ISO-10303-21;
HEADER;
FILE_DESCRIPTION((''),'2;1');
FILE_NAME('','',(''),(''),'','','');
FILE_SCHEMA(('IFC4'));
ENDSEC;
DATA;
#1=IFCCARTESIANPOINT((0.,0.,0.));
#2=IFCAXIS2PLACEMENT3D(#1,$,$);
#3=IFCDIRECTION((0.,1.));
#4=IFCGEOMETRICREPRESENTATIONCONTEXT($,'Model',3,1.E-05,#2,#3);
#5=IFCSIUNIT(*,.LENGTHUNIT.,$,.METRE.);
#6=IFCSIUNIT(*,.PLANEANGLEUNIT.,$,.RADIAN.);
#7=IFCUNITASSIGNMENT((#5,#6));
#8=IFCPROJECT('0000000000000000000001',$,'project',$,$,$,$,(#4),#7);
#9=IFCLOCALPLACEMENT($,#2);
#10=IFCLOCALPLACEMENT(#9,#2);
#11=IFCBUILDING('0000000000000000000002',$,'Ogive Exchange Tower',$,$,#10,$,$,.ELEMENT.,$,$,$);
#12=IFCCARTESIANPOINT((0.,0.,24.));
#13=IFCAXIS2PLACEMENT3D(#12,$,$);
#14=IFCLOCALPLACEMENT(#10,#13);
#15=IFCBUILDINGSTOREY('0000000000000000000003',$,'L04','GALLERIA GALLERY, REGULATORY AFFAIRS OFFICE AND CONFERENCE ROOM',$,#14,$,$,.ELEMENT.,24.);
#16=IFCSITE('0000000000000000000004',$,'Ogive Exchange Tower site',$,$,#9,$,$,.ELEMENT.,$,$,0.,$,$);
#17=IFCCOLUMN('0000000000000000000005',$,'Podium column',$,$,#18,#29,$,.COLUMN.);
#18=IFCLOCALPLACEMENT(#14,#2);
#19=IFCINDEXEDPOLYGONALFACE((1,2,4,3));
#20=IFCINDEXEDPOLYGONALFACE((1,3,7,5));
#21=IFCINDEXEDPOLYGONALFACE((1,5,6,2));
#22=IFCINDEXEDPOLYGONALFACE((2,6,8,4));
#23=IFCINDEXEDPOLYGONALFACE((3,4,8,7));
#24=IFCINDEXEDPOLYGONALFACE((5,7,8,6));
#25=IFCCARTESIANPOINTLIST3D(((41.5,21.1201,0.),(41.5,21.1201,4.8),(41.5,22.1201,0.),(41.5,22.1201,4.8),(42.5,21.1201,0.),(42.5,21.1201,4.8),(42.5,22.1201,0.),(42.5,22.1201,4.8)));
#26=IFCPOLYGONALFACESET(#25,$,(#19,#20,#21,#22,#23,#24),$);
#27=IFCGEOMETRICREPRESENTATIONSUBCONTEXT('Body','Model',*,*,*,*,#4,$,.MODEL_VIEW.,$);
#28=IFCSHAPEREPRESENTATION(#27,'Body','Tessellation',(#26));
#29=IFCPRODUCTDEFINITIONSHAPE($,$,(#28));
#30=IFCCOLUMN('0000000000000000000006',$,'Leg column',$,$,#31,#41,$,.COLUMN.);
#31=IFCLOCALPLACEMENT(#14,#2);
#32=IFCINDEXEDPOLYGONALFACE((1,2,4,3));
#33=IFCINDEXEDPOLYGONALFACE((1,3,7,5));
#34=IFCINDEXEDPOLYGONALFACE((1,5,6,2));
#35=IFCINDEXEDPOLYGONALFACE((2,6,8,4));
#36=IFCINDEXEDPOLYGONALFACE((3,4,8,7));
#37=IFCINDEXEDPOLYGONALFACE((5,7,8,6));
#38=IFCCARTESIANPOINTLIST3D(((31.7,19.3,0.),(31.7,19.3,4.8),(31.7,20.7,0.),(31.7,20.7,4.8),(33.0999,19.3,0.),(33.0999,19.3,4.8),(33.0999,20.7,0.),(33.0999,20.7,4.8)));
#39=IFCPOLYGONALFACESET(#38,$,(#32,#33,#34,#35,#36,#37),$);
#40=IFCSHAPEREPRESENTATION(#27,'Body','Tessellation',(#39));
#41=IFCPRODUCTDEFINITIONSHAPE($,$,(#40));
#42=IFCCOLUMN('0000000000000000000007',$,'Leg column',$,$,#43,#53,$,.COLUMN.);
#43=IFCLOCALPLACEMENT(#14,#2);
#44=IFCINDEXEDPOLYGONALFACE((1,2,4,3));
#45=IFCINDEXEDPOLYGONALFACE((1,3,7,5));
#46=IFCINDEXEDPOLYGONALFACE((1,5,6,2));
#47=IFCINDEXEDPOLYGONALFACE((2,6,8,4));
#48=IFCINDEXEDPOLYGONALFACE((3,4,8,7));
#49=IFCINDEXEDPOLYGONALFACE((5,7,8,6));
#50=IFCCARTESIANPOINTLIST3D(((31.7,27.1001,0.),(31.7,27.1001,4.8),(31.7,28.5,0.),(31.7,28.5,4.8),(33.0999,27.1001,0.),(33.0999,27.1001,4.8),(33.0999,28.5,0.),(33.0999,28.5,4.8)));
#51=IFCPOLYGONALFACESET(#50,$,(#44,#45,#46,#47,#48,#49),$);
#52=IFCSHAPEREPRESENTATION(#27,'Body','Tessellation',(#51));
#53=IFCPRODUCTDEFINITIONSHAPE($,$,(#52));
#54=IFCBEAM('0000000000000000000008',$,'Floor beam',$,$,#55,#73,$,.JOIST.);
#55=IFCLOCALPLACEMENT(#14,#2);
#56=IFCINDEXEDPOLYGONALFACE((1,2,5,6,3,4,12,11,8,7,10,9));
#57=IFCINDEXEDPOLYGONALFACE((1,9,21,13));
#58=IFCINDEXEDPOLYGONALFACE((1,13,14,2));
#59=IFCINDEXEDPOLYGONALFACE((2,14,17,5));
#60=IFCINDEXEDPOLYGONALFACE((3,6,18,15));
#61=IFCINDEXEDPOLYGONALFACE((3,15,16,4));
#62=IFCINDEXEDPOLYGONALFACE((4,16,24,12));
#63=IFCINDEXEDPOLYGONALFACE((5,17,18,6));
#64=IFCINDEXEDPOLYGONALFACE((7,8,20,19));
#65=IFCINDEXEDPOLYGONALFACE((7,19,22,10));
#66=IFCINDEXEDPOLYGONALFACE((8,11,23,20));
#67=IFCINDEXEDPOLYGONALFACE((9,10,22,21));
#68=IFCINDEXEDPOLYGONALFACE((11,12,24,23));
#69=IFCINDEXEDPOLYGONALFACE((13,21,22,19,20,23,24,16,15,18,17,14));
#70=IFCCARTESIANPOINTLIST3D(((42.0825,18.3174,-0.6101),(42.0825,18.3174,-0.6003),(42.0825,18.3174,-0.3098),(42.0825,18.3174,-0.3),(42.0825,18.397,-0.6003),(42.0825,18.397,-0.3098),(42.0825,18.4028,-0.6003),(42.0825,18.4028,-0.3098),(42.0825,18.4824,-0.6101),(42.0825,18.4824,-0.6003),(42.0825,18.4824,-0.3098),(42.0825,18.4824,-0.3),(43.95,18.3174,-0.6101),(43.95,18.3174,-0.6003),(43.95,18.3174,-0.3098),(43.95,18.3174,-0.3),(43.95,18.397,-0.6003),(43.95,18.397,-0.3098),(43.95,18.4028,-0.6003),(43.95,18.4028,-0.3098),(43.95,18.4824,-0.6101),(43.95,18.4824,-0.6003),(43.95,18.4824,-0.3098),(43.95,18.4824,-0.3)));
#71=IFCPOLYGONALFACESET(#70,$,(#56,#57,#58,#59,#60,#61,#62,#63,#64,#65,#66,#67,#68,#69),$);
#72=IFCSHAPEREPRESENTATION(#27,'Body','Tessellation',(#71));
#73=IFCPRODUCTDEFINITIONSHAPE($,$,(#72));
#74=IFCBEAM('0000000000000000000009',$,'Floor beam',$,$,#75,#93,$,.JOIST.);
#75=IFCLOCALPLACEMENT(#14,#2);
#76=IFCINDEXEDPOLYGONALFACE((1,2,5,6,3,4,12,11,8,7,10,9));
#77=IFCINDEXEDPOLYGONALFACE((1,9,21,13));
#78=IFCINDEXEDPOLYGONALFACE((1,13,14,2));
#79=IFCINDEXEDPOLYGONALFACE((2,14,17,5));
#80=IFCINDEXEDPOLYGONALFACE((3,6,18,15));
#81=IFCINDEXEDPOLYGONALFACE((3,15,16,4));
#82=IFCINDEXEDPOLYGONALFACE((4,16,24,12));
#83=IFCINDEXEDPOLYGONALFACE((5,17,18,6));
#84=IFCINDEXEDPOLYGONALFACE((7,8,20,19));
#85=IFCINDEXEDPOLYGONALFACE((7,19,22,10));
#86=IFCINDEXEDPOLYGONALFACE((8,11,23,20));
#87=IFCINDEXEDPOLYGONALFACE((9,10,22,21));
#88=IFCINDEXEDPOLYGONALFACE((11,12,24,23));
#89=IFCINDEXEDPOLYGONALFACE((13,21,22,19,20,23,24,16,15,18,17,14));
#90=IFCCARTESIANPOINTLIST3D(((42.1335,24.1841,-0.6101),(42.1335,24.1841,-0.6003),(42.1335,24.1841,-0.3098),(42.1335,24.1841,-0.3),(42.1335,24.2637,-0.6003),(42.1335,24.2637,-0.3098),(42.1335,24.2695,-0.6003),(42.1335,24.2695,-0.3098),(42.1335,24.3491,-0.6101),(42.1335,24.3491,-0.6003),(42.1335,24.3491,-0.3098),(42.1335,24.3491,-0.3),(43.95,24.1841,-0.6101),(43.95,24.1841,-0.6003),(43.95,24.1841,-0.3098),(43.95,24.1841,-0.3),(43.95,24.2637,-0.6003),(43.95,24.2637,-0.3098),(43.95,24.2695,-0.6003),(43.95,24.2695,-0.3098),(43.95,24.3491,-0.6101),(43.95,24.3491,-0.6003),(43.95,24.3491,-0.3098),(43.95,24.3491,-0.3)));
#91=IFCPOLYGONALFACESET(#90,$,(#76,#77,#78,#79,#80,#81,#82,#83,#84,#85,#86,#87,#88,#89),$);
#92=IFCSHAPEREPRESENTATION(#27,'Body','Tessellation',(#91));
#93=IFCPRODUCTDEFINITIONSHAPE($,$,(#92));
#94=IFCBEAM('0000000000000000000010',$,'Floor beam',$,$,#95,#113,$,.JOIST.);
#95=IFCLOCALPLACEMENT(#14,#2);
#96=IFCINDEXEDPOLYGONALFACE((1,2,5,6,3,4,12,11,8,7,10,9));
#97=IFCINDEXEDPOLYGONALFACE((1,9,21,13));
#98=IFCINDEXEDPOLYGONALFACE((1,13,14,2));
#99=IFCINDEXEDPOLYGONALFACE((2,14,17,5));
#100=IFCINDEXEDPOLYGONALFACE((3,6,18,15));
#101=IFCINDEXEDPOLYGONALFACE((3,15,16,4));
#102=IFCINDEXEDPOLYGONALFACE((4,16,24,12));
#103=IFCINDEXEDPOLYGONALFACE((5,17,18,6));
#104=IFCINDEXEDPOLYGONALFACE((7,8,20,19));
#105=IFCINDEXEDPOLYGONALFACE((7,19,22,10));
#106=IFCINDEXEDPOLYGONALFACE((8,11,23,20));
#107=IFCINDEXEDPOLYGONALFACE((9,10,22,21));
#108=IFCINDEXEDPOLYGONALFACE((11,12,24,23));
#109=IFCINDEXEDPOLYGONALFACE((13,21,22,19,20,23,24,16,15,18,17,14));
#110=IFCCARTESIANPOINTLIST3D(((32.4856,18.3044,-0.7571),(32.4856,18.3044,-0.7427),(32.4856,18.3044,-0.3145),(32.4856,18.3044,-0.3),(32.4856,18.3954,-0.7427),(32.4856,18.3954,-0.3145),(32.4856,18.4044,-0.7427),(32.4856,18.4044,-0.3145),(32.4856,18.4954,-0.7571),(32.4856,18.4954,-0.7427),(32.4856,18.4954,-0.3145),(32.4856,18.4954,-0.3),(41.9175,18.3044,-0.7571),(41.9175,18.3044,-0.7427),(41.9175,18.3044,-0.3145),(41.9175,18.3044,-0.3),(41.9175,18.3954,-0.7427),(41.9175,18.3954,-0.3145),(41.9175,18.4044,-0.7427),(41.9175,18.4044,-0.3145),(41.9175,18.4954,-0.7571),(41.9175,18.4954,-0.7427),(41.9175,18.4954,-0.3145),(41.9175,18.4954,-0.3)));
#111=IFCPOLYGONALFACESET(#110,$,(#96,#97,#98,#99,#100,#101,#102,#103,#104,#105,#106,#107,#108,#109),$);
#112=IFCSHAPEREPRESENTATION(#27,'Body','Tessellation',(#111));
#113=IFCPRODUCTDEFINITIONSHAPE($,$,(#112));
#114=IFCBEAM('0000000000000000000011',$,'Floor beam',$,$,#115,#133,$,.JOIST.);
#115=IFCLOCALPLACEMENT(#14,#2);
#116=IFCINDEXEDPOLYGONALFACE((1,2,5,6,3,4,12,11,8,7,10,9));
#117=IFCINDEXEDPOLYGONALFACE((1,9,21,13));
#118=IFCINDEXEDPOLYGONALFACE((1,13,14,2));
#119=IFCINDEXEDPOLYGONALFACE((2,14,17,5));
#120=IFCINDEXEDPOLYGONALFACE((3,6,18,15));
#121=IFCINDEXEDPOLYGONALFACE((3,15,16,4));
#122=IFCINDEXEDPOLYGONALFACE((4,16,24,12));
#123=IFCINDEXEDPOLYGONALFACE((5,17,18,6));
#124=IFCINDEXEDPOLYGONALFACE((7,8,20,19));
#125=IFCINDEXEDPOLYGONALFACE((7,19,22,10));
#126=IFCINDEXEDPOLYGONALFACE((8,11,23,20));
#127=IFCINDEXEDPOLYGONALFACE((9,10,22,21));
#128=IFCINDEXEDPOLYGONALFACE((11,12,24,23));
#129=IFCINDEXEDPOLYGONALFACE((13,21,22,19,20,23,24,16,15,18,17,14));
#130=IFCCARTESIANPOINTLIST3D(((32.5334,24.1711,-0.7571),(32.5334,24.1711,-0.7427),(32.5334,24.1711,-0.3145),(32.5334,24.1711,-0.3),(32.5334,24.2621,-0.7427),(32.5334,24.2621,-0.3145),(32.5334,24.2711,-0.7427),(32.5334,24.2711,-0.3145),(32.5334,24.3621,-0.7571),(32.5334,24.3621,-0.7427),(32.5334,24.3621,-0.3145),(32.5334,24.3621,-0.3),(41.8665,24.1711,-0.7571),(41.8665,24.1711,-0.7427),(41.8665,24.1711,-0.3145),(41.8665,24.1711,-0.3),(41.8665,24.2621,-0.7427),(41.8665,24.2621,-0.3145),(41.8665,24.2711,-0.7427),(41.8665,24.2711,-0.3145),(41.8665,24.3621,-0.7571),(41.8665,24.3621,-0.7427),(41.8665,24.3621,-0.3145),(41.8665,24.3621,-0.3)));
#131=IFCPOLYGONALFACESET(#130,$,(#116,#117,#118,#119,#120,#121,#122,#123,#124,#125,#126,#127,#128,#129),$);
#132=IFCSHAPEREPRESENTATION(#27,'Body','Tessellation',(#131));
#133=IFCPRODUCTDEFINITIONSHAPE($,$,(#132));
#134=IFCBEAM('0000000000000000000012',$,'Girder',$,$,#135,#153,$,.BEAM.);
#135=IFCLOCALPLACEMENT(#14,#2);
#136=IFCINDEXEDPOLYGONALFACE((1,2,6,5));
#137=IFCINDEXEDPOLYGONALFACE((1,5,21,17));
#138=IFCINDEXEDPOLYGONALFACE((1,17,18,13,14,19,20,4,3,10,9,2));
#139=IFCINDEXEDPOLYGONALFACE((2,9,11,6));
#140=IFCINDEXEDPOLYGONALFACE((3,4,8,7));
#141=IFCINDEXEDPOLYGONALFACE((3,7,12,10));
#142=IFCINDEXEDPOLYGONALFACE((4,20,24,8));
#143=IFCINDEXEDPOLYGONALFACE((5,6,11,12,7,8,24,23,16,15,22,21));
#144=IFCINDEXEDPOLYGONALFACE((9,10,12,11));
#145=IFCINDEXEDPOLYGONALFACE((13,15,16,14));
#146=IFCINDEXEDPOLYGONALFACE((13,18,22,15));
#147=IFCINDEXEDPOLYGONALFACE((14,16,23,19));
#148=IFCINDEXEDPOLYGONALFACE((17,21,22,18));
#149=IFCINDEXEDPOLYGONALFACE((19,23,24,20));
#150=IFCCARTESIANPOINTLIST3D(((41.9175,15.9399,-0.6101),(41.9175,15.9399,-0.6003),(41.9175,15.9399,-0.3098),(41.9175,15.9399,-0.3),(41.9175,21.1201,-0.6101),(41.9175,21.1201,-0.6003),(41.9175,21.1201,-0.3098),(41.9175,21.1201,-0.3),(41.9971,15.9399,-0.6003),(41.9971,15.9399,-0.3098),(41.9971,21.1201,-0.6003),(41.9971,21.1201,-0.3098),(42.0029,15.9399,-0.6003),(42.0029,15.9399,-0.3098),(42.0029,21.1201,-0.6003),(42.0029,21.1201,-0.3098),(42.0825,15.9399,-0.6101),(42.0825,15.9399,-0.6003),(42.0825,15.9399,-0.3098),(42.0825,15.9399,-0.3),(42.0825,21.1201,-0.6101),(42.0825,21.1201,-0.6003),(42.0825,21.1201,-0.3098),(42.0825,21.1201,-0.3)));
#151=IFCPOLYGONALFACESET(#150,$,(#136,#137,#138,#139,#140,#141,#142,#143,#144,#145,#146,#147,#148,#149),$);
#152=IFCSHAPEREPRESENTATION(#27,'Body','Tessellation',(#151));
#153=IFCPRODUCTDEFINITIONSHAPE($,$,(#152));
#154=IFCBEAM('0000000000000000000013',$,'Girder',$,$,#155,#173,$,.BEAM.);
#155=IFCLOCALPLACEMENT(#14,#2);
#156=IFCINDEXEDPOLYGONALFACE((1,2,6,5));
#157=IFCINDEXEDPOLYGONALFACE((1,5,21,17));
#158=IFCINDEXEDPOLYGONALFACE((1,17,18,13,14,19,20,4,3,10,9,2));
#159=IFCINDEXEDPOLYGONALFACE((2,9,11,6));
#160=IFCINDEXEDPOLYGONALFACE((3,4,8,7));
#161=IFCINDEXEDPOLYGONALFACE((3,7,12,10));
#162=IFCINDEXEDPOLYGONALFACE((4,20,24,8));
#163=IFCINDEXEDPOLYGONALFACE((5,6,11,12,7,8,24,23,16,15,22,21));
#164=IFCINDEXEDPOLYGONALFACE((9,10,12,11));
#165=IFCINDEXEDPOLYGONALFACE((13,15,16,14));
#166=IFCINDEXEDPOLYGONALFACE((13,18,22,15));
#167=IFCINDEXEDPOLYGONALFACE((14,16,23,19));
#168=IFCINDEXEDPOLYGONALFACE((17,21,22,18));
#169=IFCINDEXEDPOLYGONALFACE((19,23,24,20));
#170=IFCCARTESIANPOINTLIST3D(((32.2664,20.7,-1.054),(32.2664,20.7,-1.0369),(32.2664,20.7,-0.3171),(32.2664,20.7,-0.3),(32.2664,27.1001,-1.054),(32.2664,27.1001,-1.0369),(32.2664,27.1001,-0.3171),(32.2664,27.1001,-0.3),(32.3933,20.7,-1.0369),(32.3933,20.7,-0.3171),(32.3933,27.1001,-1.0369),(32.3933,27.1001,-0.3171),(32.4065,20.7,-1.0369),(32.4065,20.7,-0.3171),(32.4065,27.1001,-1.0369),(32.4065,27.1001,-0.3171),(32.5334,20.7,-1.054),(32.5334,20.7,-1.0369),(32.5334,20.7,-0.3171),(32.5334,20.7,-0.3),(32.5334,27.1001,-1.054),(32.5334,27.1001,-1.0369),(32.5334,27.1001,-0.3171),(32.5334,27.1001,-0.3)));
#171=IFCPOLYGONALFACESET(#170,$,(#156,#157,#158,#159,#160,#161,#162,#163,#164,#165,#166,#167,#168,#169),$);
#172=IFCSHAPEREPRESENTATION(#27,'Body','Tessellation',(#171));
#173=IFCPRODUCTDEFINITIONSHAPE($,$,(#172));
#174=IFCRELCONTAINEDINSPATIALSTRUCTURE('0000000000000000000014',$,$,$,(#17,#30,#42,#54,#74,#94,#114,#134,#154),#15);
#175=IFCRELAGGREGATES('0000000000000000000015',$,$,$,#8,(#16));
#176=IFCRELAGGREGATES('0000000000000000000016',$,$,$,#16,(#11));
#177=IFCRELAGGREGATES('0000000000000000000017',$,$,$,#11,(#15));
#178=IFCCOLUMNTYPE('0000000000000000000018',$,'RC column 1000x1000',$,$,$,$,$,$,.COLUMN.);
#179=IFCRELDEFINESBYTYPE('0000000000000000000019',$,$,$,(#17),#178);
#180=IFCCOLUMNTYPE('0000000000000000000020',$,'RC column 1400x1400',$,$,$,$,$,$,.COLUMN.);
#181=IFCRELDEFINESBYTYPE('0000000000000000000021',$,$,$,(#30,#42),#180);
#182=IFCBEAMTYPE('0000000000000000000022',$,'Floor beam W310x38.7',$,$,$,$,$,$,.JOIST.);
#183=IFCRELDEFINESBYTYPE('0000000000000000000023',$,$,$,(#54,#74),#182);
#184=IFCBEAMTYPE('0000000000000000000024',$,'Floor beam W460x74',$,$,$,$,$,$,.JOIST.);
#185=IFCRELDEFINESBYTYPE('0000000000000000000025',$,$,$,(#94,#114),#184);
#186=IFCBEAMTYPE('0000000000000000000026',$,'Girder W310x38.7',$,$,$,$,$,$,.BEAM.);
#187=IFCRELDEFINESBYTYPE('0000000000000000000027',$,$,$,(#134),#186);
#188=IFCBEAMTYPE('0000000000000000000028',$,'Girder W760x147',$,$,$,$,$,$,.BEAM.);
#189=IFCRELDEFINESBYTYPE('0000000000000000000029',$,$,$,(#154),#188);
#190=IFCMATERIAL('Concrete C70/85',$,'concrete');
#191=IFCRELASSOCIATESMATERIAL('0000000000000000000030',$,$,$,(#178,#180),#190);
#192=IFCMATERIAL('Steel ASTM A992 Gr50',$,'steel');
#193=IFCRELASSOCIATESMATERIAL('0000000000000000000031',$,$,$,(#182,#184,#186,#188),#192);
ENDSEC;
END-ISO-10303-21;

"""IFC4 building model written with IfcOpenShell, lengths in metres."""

from ifc_helpers import new_model, si_unit, direction, frame, origin, origin_2d, place, context, subcontext, project, spatial, rectangle, i_section, extrude, material, material_profile, profile_set, type_object, element, save


model = new_model("IFC4")

# Units and contexts
model_context = context("Model", 3, precision=1e-05, world=origin(), true_north=direction((0.0, 1.0)))
body_context = subcontext(model_context, "Body", "Model", "MODEL_VIEW")
ifc_project = project(units=[si_unit("LENGTHUNIT", "METRE"), si_unit("PLANEANGLEUNIT", "RADIAN")], contexts=[model_context])

# Site, building, storey
site_placement = place(None, origin())
site = spatial("IfcSite", under=ifc_project, at=site_placement, Name="Ogive Exchange Tower site", CompositionType="ELEMENT", RefElevation=0.0)
building_placement = place(site_placement, origin())
building = spatial("IfcBuilding", under=site, at=building_placement, Name="Ogive Exchange Tower", CompositionType="ELEMENT")
storey_placement = place(building_placement, frame((0.0, 0.0, 24.0)))
storey = spatial("IfcBuildingStorey", under=building, at=storey_placement, Name="L04", Description="GALLERIA GALLERY, REGULATORY AFFAIRS OFFICE AND CONFERENCE ROOM", CompositionType="ELEMENT", Elevation=24.0)

# Columns
ifc_material_1 = material(Name="Concrete C70/85", Category="concrete")
ifc_material_profile_1 = material_profile(ifc_material_1, rectangle(XDim=1.0, YDim=1.0, at=origin_2d()), Name="RC 1000x1000")
ifc_profile_set_1 = profile_set([ifc_material_profile_1], Name="Concrete C70/85")
column_type_1 = type_object("IfcColumnType", Name="RC column 1000x1000", PredefinedType="COLUMN", material=ifc_profile_set_1)
column_placement = place(storey_placement, frame((42.0, 21.6201, 0.0), z_axis=(0.0, 0.0, 1.0), x_axis=(1.0, 0.0, 0.0)))
element("IfcColumn", 1, at=column_placement, inside=storey, type_object=column_type_1, Name="Podium column", PredefinedType="COLUMN", context=body_context, shape_type="SweptSolid", body=[
    extrude(rectangle(XDim=1.0, YDim=1.0, at=origin_2d()), origin(), (0.0, 0.0, 1.0), 4.8),
])
ifc_material_profile_2 = material_profile(ifc_material_1, rectangle(XDim=1.3999, YDim=1.3999, at=origin_2d()), Name="RC 1400x1400")
ifc_profile_set_2 = profile_set([ifc_material_profile_2], Name="Concrete C70/85")
column_type_2 = type_object("IfcColumnType", Name="RC column 1400x1400", PredefinedType="COLUMN", material=ifc_profile_set_2)
for number, where, z_axis, x_axis, name in (
    (2, (32.3999, 20.0, 0.0), (0.0, 0.0, 1.0), (1.0, 0.0, 0.0), "Leg column"),
    (3, (32.3999, 27.8, 0.0), (0.0, 0.0, 1.0), (1.0, 0.0, 0.0), "Leg column"),
):
    element("IfcColumn", number, at=place(storey_placement, frame(where, z_axis=z_axis, x_axis=x_axis)), inside=storey, type_object=column_type_2, Name=name, PredefinedType="COLUMN", context=body_context, shape_type="SweptSolid", body=[
        extrude(rectangle(XDim=1.3999, YDim=1.3999, at=origin_2d()), origin(), (0.0, 0.0, 1.0), 4.8),
    ])

# Beams
ifc_material_2 = material(Name="Steel ASTM A992 Gr50", Category="steel")
ifc_material_profile_3 = material_profile(ifc_material_2, i_section(OverallWidth=0.165, OverallDepth=0.3101, WebThickness=0.0059, FlangeThickness=0.0098, at=origin_2d()), Name="W310x38.7")
ifc_profile_set_3 = profile_set([ifc_material_profile_3], Name="Steel ASTM A992 Gr50")
beam_type_1 = type_object("IfcBeamType", Name="Floor beam W310x38.7", PredefinedType="JOIST", material=ifc_profile_set_3)
beam_1_placement = place(storey_placement, frame((42.0825, 18.3999, -0.4551), z_axis=(1.0, 0.0, 0.0), x_axis=(0.0, 1.0, 0.0)))
element("IfcBeam", 4, at=beam_1_placement, inside=storey, type_object=beam_type_1, Name="Floor beam", PredefinedType="JOIST", context=body_context, shape_type="SweptSolid", body=[
    extrude(i_section(OverallWidth=0.165, OverallDepth=0.3101, WebThickness=0.0059, FlangeThickness=0.0098, at=origin_2d()), origin(), (0.0, 0.0, 1.0), 1.8674),
])
beam_2_placement = place(storey_placement, frame((42.1335, 24.2666, -0.4551), z_axis=(1.0, 0.0, 0.0), x_axis=(0.0, 1.0, 0.0)))
element("IfcBeam", 5, at=beam_2_placement, inside=storey, type_object=beam_type_1, Name="Floor beam", PredefinedType="JOIST", context=body_context, shape_type="SweptSolid", body=[
    extrude(i_section(OverallWidth=0.165, OverallDepth=0.3101, WebThickness=0.0059, FlangeThickness=0.0098, at=origin_2d()), origin(), (0.0, 0.0, 1.0), 1.8164),
])
ifc_material_profile_4 = material_profile(ifc_material_2, i_section(OverallWidth=0.1909, OverallDepth=0.457, WebThickness=0.009, FlangeThickness=0.0144, at=origin_2d()), Name="W460x74")
ifc_profile_set_4 = profile_set([ifc_material_profile_4], Name="Steel ASTM A992 Gr50")
beam_type_2 = type_object("IfcBeamType", Name="Floor beam W460x74", PredefinedType="JOIST", material=ifc_profile_set_4)
beam_3_placement = place(storey_placement, frame((32.4856, 18.3999, -0.5286), z_axis=(1.0, 0.0, 0.0), x_axis=(0.0, 1.0, 0.0)))
element("IfcBeam", 6, at=beam_3_placement, inside=storey, type_object=beam_type_2, Name="Floor beam", PredefinedType="JOIST", context=body_context, shape_type="SweptSolid", body=[
    extrude(i_section(OverallWidth=0.1909, OverallDepth=0.457, WebThickness=0.009, FlangeThickness=0.0144, at=origin_2d()), origin(), (0.0, 0.0, 1.0), 9.4319),
])
beam_4_placement = place(storey_placement, frame((32.5334, 24.2666, -0.5286), z_axis=(1.0, 0.0, 0.0), x_axis=(0.0, 1.0, 0.0)))
element("IfcBeam", 7, at=beam_4_placement, inside=storey, type_object=beam_type_2, Name="Floor beam", PredefinedType="JOIST", context=body_context, shape_type="SweptSolid", body=[
    extrude(i_section(OverallWidth=0.1909, OverallDepth=0.457, WebThickness=0.009, FlangeThickness=0.0144, at=origin_2d()), origin(), (0.0, 0.0, 1.0), 9.333),
])
ifc_material_profile_5 = material_profile(ifc_material_2, i_section(OverallWidth=0.165, OverallDepth=0.3101, WebThickness=0.0059, FlangeThickness=0.0098, at=origin_2d()), Name="W310x38.7")
ifc_profile_set_5 = profile_set([ifc_material_profile_5], Name="Steel ASTM A992 Gr50")
beam_type_3 = type_object("IfcBeamType", Name="Girder W310x38.7", PredefinedType="BEAM", material=ifc_profile_set_5)
beam_5_placement = place(storey_placement, frame((42.0, 15.9399, -0.4551), z_axis=(0.0, 1.0, 0.0), x_axis=(-1.0, 0.0, 0.0)))
element("IfcBeam", 8, at=beam_5_placement, inside=storey, type_object=beam_type_3, Name="Girder", PredefinedType="BEAM", context=body_context, shape_type="SweptSolid", body=[
    extrude(i_section(OverallWidth=0.165, OverallDepth=0.3101, WebThickness=0.0059, FlangeThickness=0.0098, at=origin_2d()), origin(), (0.0, 0.0, 1.0), 5.1802),
])
ifc_material_profile_6 = material_profile(ifc_material_2, i_section(OverallWidth=0.2671, OverallDepth=0.7539, WebThickness=0.0132, FlangeThickness=0.0171, at=origin_2d()), Name="W760x147")
ifc_profile_set_6 = profile_set([ifc_material_profile_6], Name="Steel ASTM A992 Gr50")
beam_type_4 = type_object("IfcBeamType", Name="Girder W760x147", PredefinedType="BEAM", material=ifc_profile_set_6)
beam_6_placement = place(storey_placement, frame((32.3999, 20.7, -0.677), z_axis=(0.0, 1.0, 0.0), x_axis=(-1.0, 0.0, 0.0)))
element("IfcBeam", 9, at=beam_6_placement, inside=storey, type_object=beam_type_4, Name="Girder", PredefinedType="BEAM", context=body_context, shape_type="SweptSolid", body=[
    extrude(i_section(OverallWidth=0.2671, OverallDepth=0.7539, WebThickness=0.0132, FlangeThickness=0.0171, at=origin_2d()), origin(), (0.0, 0.0, 1.0), 6.4001),
])

save(model, "model.ifc")
